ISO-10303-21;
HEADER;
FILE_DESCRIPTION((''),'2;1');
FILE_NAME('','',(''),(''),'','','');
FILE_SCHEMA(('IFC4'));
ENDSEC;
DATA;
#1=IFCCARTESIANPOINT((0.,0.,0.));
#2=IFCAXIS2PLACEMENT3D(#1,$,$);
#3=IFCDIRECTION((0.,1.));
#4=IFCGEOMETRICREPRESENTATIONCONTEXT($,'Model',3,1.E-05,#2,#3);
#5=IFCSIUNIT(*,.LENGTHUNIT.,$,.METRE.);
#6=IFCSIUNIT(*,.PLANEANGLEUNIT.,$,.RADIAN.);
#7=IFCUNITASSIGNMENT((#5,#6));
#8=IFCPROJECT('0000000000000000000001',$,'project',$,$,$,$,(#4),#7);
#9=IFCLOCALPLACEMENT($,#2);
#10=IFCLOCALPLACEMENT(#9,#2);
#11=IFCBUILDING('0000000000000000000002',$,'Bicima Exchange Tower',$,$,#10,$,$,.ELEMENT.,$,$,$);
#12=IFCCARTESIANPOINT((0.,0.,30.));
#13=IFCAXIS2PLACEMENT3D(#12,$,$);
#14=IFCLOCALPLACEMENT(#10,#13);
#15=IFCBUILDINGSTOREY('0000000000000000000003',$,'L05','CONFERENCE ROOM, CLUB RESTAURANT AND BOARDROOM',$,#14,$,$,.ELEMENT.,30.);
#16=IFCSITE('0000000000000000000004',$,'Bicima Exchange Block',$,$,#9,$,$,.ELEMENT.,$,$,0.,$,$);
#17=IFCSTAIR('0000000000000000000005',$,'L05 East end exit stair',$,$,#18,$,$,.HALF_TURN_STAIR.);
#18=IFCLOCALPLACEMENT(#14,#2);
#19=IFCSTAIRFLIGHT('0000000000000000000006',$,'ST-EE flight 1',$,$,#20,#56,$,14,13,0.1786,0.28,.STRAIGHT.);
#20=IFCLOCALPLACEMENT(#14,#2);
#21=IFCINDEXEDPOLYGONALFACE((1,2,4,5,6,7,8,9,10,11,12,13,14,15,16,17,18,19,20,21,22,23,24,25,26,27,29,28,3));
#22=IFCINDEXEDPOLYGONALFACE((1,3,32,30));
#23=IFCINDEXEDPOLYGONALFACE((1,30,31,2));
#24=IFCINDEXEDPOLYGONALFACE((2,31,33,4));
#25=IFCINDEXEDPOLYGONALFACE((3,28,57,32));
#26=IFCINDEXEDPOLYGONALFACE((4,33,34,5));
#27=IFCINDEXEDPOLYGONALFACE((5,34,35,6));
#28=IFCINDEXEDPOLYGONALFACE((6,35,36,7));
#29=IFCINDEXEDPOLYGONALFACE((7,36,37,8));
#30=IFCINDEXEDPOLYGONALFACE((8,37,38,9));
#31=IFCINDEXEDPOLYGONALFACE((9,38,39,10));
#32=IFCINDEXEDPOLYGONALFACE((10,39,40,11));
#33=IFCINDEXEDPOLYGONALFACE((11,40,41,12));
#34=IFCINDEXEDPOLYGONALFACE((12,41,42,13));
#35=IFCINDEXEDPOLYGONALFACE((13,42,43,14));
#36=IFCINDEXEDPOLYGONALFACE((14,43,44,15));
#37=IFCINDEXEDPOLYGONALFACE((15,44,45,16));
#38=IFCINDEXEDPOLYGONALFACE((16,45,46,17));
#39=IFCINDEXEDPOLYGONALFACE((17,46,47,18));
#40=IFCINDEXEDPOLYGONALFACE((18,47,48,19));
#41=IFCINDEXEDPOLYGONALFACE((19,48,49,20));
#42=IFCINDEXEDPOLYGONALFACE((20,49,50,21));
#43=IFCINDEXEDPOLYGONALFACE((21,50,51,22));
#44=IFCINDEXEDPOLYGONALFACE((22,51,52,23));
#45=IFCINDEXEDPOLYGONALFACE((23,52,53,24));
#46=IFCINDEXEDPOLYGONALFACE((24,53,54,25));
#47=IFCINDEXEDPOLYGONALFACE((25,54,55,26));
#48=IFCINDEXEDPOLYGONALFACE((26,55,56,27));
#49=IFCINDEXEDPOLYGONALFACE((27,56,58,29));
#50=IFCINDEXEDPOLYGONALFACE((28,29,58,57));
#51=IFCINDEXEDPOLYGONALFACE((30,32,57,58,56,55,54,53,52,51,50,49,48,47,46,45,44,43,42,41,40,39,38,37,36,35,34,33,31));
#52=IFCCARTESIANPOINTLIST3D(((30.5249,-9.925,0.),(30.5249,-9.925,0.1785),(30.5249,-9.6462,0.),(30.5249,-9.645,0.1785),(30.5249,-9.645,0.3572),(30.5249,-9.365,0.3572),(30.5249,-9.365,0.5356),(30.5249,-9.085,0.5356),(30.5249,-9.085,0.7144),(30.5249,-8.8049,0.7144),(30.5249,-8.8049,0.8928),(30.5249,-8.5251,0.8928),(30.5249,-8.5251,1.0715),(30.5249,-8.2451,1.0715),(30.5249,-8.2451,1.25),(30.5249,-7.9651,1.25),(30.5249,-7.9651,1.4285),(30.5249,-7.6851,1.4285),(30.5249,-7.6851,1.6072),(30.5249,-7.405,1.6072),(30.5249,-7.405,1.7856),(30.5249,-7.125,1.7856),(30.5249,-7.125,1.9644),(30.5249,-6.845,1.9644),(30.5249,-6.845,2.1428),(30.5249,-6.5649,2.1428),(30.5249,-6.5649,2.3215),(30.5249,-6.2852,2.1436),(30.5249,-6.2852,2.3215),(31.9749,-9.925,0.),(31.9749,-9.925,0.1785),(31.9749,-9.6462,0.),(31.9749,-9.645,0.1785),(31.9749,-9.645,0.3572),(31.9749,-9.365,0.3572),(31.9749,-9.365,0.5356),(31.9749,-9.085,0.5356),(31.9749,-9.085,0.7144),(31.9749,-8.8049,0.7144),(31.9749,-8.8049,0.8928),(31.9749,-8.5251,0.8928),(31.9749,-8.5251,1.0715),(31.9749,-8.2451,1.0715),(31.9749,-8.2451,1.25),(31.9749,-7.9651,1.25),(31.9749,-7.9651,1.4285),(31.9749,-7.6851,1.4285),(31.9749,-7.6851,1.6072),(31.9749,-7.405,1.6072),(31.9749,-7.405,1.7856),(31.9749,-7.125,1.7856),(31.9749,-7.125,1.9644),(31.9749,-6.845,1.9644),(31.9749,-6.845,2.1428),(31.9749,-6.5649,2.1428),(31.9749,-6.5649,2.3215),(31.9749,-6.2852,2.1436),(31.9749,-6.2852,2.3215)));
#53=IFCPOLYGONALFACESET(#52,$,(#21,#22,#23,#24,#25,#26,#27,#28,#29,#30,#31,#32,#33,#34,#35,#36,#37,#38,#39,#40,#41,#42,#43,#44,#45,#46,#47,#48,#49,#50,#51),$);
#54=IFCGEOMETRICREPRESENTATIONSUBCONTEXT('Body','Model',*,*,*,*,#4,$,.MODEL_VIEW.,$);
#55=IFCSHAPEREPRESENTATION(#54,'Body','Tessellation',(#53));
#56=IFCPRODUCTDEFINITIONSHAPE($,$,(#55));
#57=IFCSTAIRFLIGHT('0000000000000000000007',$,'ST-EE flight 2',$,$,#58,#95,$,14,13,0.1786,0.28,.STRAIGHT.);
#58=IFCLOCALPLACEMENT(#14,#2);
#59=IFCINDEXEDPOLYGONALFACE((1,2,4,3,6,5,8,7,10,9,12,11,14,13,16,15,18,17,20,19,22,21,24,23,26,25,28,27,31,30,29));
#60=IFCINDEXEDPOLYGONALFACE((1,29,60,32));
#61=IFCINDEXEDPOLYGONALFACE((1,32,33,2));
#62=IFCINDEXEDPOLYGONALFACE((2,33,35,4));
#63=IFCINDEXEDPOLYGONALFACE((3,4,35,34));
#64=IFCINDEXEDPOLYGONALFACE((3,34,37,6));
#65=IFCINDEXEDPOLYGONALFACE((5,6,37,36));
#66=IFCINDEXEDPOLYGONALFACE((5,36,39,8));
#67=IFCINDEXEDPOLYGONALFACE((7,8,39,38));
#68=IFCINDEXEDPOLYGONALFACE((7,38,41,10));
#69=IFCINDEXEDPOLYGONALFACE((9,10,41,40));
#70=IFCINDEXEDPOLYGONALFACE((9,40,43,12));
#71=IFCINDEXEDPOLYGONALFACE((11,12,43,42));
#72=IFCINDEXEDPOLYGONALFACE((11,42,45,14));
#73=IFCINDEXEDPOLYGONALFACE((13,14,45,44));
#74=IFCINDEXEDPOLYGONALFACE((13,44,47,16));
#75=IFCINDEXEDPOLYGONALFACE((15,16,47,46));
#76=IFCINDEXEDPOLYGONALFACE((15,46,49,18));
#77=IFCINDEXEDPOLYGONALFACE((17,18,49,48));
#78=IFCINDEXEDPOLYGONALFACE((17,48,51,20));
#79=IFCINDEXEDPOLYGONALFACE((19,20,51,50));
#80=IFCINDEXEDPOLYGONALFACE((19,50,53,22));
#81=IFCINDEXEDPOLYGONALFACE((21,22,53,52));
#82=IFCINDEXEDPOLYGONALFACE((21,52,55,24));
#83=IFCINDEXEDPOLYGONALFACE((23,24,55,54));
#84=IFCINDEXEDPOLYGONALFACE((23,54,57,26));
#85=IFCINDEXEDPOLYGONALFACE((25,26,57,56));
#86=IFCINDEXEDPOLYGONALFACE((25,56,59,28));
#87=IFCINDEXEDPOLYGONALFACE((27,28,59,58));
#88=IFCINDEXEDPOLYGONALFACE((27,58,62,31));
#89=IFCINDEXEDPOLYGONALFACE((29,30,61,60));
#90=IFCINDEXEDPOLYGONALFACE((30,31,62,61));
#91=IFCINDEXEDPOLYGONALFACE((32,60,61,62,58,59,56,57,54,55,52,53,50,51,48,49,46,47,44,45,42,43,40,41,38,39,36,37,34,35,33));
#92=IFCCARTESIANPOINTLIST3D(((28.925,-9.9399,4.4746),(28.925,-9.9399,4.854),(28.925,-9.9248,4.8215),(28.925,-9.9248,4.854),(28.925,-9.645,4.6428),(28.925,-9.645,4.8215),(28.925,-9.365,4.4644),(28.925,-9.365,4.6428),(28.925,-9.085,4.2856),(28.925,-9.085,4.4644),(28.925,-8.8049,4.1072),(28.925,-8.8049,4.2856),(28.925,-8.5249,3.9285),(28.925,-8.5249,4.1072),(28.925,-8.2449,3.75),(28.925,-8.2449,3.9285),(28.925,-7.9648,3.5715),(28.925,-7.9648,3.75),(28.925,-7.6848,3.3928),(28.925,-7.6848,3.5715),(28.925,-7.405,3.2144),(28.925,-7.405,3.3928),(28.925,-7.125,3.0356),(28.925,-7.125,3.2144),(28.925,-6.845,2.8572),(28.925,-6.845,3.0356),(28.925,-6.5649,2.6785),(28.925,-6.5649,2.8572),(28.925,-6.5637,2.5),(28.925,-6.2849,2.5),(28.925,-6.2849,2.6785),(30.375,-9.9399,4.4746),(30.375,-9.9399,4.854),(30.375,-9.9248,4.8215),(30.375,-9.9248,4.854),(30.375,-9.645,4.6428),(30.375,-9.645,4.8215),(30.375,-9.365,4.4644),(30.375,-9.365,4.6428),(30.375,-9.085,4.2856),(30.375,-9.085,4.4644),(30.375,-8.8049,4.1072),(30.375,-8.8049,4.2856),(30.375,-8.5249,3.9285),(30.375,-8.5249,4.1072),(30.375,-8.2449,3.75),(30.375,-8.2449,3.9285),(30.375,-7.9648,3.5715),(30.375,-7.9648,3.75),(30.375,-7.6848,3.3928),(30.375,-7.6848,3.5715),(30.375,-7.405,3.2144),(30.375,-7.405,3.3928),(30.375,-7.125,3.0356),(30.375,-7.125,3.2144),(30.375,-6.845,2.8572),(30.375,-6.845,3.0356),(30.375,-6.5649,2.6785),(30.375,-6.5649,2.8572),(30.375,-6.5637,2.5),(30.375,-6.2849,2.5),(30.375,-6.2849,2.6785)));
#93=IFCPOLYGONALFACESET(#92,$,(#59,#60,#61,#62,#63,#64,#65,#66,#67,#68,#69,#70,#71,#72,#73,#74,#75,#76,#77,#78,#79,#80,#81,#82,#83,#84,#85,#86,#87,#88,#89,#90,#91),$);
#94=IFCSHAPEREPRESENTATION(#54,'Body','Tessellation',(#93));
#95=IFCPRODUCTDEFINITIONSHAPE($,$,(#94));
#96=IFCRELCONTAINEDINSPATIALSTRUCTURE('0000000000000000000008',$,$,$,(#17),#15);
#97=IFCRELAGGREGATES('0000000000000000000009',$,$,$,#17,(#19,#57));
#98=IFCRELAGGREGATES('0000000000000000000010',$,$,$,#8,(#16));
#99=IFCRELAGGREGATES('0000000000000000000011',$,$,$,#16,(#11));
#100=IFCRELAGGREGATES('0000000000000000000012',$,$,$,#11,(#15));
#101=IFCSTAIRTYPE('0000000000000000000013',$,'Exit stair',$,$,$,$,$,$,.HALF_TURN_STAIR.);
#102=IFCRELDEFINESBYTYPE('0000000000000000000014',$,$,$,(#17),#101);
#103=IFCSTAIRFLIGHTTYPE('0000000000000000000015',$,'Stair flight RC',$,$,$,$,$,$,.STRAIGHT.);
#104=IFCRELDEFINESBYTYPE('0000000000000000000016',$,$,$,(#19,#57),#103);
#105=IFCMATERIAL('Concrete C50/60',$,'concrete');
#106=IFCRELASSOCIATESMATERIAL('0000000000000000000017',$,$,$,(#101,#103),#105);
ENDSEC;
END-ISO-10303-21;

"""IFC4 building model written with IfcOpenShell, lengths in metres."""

from ifc_helpers import new_model, si_unit, direction, frame, origin, place, context, subcontext, project, spatial, polyline, outline, extrude, material, type_object, element, aggregate, save


model = new_model("IFC4")

# Units and contexts
model_context = context("Model", 3, precision=1e-05, world=origin(), true_north=direction((0.0, 1.0)))
body_context = subcontext(model_context, "Body", "Model", "MODEL_VIEW")
ifc_project = project(units=[si_unit("LENGTHUNIT", "METRE"), si_unit("PLANEANGLEUNIT", "RADIAN")], contexts=[model_context])

# Site, building, storey
site_placement = place(None, origin())
site = spatial("IfcSite", under=ifc_project, at=site_placement, Name="Bicima Exchange Block", CompositionType="ELEMENT", RefElevation=0.0)
building_placement = place(site_placement, origin())
building = spatial("IfcBuilding", under=site, at=building_placement, Name="Bicima Exchange Tower", CompositionType="ELEMENT")
storey_placement = place(building_placement, frame((0.0, 0.0, 30.0)))
storey = spatial("IfcBuildingStorey", under=building, at=storey_placement, Name="L05", Description="CONFERENCE ROOM, CLUB RESTAURANT AND BOARDROOM", CompositionType="ELEMENT", Elevation=30.0)

# Shared definitions
ifc_material_1 = material(Name="Concrete C50/60", Category="concrete")

# Stair, stair flights
stair_type = type_object("IfcStairType", Name="Exit stair", PredefinedType="HALF_TURN_STAIR", material=ifc_material_1)
stair_placement = place(storey_placement, origin())
stair = element("IfcStair", 1, at=stair_placement, inside=storey, type_object=stair_type, Name="L05 East end exit stair", PredefinedType="HALF_TURN_STAIR")
stair_flight_type = type_object("IfcStairFlightType", Name="Stair flight RC", PredefinedType="STRAIGHT", material=ifc_material_1)
stair_flight_1_placement = place(storey_placement, frame((31.25, -9.925, 0.0), z_axis=(0.0, 0.0, 1.0), x_axis=(0.0, 1.0, 0.0)))
stair_flight_1 = element("IfcStairFlight", 2, at=stair_flight_1_placement, type_object=stair_flight_type, Name="ST-EE flight 1", NumberOfRisers=14, NumberOfTreads=13, PredefinedType="STRAIGHT", RiserHeight=0.1786, TreadLength=0.28, context=body_context, shape_type="SweptSolid", body=[
    extrude(outline(polyline([(0.0, 0.0), (0.0, 0.1785), (0.28, 0.1785), (0.28, 0.3572), (0.5601, 0.3572), (0.5601, 0.5356), (0.8401, 0.5356), (0.8401, 0.7144), (1.1201, 0.7144), (1.1201, 0.8928), (1.3999, 0.8928), (1.3999, 1.0715), (1.6799, 1.0715), (1.6799, 1.25), (1.96, 1.25), (1.96, 1.4285), (2.24, 1.4285), (2.24, 1.6072), (2.52, 1.6072), (2.52, 1.7856), (2.8, 1.7856), (2.8, 1.9644), (3.0801, 1.9644), (3.0801, 2.1428), (3.3601, 2.1428), (3.3601, 2.3215), (3.6399, 2.3215), (3.6399, 2.5), (3.6399, 2.1436), (0.2788, 0.0), (0.0, 0.0)])), frame((0.0, 0.7251, 0.0), z_axis=(0.0, -1.0, 0.0), x_axis=(1.0, 0.0, 0.0)), (0.0, 0.0, 1.0), 1.45),
])
stair_flight_2_placement = place(storey_placement, frame((29.6499, -6.2849, 2.5), z_axis=(0.0, 0.0, 1.0), x_axis=(0.0, -1.0, 0.0)))
stair_flight_2 = element("IfcStairFlight", 3, at=stair_flight_2_placement, type_object=stair_flight_type, Name="ST-EE flight 2", NumberOfRisers=14, NumberOfTreads=13, PredefinedType="STRAIGHT", RiserHeight=0.1786, TreadLength=0.28, context=body_context, shape_type="SweptSolid", body=[
    extrude(outline(polyline([(0.0, 0.0), (0.0, 0.1785), (0.28, 0.1785), (0.28, 0.3572), (0.5601, 0.3572), (0.5601, 0.5356), (0.8401, 0.5356), (0.8401, 0.7144), (1.1201, 0.7144), (1.1201, 0.8928), (1.3999, 0.8928), (1.3999, 1.0715), (1.6799, 1.0715), (1.6799, 1.25), (1.96, 1.25), (1.96, 1.4285), (2.24, 1.4285), (2.24, 1.6072), (2.52, 1.6072), (2.52, 1.7856), (2.8, 1.7856), (2.8, 1.9644), (3.0801, 1.9644), (3.0801, 2.1428), (3.3601, 2.1428), (3.3601, 2.3215), (3.6399, 2.3215), (3.6399, 2.354), (3.655, 2.354), (3.655, 1.9746), (0.2788, 0.0), (0.0, 0.0)])), frame((0.0, 0.7251, 0.0), z_axis=(0.0, -1.0, 0.0), x_axis=(1.0, 0.0, 0.0)), (0.0, 0.0, 1.0), 1.45),
])
aggregate(stair, [stair_flight_1, stair_flight_2])

save(model, "model.ifc")
